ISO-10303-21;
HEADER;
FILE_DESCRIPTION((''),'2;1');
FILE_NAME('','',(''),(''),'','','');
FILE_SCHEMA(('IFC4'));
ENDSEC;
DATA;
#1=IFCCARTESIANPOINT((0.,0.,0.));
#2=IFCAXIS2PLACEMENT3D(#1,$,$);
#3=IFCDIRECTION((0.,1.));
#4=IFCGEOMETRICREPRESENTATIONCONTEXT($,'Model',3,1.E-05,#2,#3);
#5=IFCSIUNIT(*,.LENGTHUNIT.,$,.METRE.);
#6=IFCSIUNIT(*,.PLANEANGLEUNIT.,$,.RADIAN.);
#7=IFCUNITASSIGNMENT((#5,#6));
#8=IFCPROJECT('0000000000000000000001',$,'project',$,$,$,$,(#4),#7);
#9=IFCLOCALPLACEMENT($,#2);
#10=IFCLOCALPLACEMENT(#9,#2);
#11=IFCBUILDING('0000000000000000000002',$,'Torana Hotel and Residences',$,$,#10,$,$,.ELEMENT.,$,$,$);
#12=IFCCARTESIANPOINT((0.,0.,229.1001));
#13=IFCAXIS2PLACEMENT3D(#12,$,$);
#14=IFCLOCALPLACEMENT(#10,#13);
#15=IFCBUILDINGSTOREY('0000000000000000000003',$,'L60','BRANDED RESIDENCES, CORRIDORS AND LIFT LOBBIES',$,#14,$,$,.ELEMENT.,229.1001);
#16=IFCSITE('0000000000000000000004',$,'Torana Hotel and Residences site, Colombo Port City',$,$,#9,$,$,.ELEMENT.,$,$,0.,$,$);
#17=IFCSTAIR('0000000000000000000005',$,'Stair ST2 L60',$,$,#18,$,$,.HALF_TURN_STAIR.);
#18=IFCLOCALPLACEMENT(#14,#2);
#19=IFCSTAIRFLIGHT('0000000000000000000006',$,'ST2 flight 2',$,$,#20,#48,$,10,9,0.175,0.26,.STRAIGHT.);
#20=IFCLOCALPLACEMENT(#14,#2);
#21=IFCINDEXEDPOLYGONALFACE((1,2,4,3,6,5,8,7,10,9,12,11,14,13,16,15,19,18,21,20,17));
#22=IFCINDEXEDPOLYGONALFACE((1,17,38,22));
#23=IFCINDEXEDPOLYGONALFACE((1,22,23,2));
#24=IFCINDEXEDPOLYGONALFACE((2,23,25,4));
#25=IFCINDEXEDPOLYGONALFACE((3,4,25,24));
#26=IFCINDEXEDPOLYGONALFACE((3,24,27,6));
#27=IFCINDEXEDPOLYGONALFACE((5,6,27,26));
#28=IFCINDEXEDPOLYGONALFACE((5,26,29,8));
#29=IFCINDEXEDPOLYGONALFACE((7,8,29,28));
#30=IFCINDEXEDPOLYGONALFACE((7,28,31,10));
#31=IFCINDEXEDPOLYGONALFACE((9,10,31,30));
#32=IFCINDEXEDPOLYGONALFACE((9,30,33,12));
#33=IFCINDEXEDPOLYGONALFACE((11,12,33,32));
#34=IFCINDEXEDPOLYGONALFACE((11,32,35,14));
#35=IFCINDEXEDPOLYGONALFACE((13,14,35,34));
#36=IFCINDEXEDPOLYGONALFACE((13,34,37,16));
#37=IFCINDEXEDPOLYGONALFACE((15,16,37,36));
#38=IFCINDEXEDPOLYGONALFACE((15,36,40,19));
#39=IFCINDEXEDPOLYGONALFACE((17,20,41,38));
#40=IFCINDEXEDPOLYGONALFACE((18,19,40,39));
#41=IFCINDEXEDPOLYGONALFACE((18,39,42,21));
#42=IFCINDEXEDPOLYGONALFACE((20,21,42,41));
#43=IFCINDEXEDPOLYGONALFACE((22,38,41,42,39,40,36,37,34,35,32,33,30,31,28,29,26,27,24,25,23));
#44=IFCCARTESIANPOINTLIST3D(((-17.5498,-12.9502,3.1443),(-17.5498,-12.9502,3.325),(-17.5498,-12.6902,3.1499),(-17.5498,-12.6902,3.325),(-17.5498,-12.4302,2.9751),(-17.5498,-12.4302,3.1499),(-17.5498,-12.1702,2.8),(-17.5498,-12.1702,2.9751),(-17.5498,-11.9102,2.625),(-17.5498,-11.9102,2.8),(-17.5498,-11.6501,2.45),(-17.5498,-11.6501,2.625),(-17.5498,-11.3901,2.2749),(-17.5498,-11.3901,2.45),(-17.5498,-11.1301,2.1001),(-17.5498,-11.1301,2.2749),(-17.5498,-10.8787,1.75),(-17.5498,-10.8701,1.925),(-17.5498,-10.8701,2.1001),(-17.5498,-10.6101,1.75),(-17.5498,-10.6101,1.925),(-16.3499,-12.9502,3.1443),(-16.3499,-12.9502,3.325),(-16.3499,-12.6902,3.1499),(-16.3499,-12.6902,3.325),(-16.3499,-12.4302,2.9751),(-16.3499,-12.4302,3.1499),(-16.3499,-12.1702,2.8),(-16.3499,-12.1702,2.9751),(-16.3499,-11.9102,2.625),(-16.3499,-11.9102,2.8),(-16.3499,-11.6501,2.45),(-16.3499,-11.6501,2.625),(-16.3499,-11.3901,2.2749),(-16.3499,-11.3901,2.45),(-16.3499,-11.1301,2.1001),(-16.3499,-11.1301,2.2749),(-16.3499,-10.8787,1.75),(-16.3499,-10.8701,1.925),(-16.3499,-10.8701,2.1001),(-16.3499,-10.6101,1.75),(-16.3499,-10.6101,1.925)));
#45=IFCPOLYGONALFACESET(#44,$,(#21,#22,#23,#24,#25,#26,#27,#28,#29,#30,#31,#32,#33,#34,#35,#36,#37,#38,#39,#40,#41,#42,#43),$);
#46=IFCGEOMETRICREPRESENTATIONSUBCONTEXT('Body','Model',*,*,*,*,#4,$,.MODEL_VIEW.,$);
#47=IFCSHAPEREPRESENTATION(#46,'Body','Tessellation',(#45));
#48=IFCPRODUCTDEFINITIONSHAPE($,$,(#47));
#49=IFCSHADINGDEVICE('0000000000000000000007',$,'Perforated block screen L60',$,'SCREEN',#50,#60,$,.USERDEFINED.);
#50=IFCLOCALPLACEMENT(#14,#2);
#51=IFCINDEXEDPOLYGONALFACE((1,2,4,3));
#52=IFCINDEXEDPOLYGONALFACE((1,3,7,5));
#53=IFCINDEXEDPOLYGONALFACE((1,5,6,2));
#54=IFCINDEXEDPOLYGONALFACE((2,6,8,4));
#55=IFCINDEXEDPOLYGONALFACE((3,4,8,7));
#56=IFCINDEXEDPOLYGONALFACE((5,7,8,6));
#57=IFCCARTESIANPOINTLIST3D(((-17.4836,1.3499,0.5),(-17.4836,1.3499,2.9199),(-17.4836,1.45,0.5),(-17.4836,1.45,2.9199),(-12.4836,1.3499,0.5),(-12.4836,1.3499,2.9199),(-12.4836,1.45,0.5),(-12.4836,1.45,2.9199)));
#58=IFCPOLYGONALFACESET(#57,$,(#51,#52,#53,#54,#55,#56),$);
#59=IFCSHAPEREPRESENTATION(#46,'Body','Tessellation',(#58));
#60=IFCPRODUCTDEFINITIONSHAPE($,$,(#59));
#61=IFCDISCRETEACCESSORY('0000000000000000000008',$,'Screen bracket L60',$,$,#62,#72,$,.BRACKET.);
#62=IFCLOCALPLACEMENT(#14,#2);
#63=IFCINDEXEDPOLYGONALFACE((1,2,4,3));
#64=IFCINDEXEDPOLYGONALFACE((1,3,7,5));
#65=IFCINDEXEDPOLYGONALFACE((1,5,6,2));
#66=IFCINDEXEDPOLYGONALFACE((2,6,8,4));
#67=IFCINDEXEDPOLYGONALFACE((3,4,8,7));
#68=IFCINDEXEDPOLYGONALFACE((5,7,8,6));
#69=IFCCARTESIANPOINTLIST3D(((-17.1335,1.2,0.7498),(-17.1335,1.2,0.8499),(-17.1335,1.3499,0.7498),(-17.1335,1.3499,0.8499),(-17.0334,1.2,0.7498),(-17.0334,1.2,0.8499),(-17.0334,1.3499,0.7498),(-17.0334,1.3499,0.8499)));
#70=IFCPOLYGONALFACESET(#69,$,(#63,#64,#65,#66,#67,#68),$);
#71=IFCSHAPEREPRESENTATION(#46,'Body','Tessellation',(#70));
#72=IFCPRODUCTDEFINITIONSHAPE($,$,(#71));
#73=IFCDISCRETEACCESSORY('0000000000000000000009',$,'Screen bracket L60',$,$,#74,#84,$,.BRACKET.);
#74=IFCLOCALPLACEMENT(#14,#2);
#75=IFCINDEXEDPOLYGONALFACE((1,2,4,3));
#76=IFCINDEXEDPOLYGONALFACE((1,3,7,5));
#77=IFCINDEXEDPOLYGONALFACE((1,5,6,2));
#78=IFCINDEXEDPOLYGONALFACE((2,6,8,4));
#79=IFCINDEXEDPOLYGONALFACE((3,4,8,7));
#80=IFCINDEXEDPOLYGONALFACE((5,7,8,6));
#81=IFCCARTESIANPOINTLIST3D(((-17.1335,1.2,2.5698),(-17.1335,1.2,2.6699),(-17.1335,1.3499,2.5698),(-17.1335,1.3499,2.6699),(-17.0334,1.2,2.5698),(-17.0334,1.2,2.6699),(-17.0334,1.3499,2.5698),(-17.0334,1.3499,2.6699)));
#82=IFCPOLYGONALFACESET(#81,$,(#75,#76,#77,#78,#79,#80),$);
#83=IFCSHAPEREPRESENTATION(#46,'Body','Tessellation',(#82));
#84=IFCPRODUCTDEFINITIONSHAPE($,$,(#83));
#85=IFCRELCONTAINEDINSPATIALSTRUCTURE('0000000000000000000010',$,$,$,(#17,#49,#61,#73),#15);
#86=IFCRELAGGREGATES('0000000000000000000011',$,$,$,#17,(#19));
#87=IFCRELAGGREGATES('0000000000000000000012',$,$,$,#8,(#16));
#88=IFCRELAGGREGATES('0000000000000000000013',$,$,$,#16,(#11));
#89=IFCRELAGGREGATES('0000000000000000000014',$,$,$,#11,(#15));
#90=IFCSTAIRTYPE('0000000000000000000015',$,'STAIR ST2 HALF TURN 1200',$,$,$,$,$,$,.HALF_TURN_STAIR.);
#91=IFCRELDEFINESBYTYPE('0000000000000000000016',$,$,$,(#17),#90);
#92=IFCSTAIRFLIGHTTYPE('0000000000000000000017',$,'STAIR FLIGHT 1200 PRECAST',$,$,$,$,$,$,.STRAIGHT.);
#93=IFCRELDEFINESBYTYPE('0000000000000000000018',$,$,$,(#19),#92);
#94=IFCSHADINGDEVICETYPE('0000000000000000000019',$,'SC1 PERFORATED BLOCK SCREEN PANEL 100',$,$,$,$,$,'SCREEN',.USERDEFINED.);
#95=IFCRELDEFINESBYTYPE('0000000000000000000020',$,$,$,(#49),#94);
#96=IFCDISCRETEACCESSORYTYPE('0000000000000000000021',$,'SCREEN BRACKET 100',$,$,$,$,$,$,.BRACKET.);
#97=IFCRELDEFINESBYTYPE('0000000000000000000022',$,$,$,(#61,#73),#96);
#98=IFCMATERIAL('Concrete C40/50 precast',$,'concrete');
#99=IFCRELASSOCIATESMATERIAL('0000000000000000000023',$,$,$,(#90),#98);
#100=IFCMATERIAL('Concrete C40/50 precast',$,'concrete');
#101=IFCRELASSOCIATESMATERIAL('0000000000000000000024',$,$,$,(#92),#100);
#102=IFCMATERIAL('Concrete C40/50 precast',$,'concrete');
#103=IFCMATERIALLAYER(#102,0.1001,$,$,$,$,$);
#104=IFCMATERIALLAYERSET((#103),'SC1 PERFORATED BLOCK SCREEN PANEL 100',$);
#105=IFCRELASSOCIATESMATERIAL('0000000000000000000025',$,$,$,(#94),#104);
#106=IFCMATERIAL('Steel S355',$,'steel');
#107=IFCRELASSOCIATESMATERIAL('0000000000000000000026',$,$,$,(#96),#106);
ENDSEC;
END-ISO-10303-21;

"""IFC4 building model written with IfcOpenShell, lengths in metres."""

from ifc_helpers import new_model, si_unit, direction, frame, origin, origin_2d, place, context, subcontext, project, spatial, polyline, rectangle, outline, extrude, material, layer, layer_set, type_object, element, aggregate, save


model = new_model("IFC4")

# Units and contexts
model_context = context("Model", 3, precision=1e-05, world=origin(), true_north=direction((0.0, 1.0)))
body_context = subcontext(model_context, "Body", "Model", "MODEL_VIEW")
ifc_project = project(units=[si_unit("LENGTHUNIT", "METRE"), si_unit("PLANEANGLEUNIT", "RADIAN")], contexts=[model_context])

# Site, building, storey
site_placement = place(None, origin())
site = spatial("IfcSite", under=ifc_project, at=site_placement, Name="Torana Hotel and Residences site, Colombo Port City", CompositionType="ELEMENT", RefElevation=0.0)
building_placement = place(site_placement, origin())
building = spatial("IfcBuilding", under=site, at=building_placement, Name="Torana Hotel and Residences", CompositionType="ELEMENT")
storey_placement = place(building_placement, frame((0.0, 0.0, 229.1001)))
storey = spatial("IfcBuildingStorey", under=building, at=storey_placement, Name="L60", Description="BRANDED RESIDENCES, CORRIDORS AND LIFT LOBBIES", CompositionType="ELEMENT", Elevation=229.1001)

# Stair, stair flight
ifc_material_1 = material(Name="Concrete C40/50 precast", Category="concrete")
stair_type = type_object("IfcStairType", Name="STAIR ST2 HALF TURN 1200", PredefinedType="HALF_TURN_STAIR", material=ifc_material_1)
stair_placement = place(storey_placement, origin())
stair = element("IfcStair", 1, at=stair_placement, inside=storey, type_object=stair_type, Name="Stair ST2 L60", PredefinedType="HALF_TURN_STAIR")
ifc_material_2 = material(Name="Concrete C40/50 precast", Category="concrete")
stair_flight_type = type_object("IfcStairFlightType", Name="STAIR FLIGHT 1200 PRECAST", PredefinedType="STRAIGHT", material=ifc_material_2)
stair_flight_1_placement = place(storey_placement, frame((-16.95, -10.6101, 1.75), z_axis=(0.0, 0.0, 1.0), x_axis=(0.0, -1.0, 0.0)))
stair_flight_1 = element("IfcStairFlight", 2, at=stair_flight_1_placement, type_object=stair_flight_type, Name="ST2 flight 2", NumberOfRisers=10, NumberOfTreads=9, PredefinedType="STRAIGHT", RiserHeight=0.175, TreadLength=0.26, context=body_context, shape_type="SweptSolid", body=[
    extrude(outline(polyline([(0.0, 0.0), (0.0, 0.175), (0.26, 0.175), (0.26, 0.3501), (0.52, 0.3501), (0.52, 0.5249), (0.78, 0.5249), (0.78, 0.7), (1.04, 0.7), (1.04, 0.875), (1.3, 0.875), (1.3, 1.05), (1.5601, 1.05), (1.5601, 1.2251), (1.8201, 1.2251), (1.8201, 1.3999), (2.0801, 1.3999), (2.0801, 1.575), (2.3401, 1.575), (2.3401, 1.75), (2.3401, 1.3943), (0.2686, 0.0), (0.0, 0.0)])), frame((0.0, 0.6001, 0.0), z_axis=(0.0, -1.0, 0.0), x_axis=(1.0, 0.0, 0.0)), (0.0, 0.0, 1.0), 1.2),
])
aggregate(stair, [stair_flight_1])

# Shading device
ifc_material_3 = material(Name="Concrete C40/50 precast", Category="concrete")
ifc_layer_1 = layer(ifc_material_3, 0.1001)
ifc_layer_set_1 = layer_set([ifc_layer_1], Name="SC1 PERFORATED BLOCK SCREEN PANEL 100")
shading_device_type = type_object("IfcShadingDeviceType", Name="SC1 PERFORATED BLOCK SCREEN PANEL 100", ElementType="SCREEN", PredefinedType="USERDEFINED", material=ifc_layer_set_1)
shading_device_placement = place(storey_placement, frame((-14.9836, 1.3999, 0.5), z_axis=(0.0, 0.0, 1.0), x_axis=(-1.0, 0.0, 0.0)))
element("IfcShadingDevice", 3, at=shading_device_placement, inside=storey, type_object=shading_device_type, Name="Perforated block screen L60", ObjectType="SCREEN", PredefinedType="USERDEFINED", context=body_context, shape_type="SweptSolid", body=[
    extrude(rectangle(XDim=5.0, YDim=0.1001, at=origin_2d()), origin(), (0.0, 0.0, 1.0), 2.4199),
])

# Discrete accessories
ifc_material_4 = material(Name="Steel S355", Category="steel")
discrete_accessory_type = type_object("IfcDiscreteAccessoryType", Name="SCREEN BRACKET 100", PredefinedType="BRACKET", material=ifc_material_4)
for number, where, z_axis, x_axis, name in (
    (4, (-17.0835, 1.2749, 0.7498), (0.0, 0.0, 1.0), (-1.0, 0.0, 0.0), "Screen bracket L60"),
    (5, (-17.0835, 1.2749, 2.5698), (0.0, 0.0, 1.0), (-1.0, 0.0, 0.0), "Screen bracket L60"),
):
    element("IfcDiscreteAccessory", number, at=place(storey_placement, frame(where, z_axis=z_axis, x_axis=x_axis)), inside=storey, type_object=discrete_accessory_type, Name=name, PredefinedType="BRACKET", context=body_context, shape_type="SweptSolid", body=[
        extrude(rectangle(XDim=0.1001, YDim=0.1499, at=origin_2d()), origin(), (0.0, 0.0, 1.0), 0.1001),
    ])

save(model, "model.ifc")
